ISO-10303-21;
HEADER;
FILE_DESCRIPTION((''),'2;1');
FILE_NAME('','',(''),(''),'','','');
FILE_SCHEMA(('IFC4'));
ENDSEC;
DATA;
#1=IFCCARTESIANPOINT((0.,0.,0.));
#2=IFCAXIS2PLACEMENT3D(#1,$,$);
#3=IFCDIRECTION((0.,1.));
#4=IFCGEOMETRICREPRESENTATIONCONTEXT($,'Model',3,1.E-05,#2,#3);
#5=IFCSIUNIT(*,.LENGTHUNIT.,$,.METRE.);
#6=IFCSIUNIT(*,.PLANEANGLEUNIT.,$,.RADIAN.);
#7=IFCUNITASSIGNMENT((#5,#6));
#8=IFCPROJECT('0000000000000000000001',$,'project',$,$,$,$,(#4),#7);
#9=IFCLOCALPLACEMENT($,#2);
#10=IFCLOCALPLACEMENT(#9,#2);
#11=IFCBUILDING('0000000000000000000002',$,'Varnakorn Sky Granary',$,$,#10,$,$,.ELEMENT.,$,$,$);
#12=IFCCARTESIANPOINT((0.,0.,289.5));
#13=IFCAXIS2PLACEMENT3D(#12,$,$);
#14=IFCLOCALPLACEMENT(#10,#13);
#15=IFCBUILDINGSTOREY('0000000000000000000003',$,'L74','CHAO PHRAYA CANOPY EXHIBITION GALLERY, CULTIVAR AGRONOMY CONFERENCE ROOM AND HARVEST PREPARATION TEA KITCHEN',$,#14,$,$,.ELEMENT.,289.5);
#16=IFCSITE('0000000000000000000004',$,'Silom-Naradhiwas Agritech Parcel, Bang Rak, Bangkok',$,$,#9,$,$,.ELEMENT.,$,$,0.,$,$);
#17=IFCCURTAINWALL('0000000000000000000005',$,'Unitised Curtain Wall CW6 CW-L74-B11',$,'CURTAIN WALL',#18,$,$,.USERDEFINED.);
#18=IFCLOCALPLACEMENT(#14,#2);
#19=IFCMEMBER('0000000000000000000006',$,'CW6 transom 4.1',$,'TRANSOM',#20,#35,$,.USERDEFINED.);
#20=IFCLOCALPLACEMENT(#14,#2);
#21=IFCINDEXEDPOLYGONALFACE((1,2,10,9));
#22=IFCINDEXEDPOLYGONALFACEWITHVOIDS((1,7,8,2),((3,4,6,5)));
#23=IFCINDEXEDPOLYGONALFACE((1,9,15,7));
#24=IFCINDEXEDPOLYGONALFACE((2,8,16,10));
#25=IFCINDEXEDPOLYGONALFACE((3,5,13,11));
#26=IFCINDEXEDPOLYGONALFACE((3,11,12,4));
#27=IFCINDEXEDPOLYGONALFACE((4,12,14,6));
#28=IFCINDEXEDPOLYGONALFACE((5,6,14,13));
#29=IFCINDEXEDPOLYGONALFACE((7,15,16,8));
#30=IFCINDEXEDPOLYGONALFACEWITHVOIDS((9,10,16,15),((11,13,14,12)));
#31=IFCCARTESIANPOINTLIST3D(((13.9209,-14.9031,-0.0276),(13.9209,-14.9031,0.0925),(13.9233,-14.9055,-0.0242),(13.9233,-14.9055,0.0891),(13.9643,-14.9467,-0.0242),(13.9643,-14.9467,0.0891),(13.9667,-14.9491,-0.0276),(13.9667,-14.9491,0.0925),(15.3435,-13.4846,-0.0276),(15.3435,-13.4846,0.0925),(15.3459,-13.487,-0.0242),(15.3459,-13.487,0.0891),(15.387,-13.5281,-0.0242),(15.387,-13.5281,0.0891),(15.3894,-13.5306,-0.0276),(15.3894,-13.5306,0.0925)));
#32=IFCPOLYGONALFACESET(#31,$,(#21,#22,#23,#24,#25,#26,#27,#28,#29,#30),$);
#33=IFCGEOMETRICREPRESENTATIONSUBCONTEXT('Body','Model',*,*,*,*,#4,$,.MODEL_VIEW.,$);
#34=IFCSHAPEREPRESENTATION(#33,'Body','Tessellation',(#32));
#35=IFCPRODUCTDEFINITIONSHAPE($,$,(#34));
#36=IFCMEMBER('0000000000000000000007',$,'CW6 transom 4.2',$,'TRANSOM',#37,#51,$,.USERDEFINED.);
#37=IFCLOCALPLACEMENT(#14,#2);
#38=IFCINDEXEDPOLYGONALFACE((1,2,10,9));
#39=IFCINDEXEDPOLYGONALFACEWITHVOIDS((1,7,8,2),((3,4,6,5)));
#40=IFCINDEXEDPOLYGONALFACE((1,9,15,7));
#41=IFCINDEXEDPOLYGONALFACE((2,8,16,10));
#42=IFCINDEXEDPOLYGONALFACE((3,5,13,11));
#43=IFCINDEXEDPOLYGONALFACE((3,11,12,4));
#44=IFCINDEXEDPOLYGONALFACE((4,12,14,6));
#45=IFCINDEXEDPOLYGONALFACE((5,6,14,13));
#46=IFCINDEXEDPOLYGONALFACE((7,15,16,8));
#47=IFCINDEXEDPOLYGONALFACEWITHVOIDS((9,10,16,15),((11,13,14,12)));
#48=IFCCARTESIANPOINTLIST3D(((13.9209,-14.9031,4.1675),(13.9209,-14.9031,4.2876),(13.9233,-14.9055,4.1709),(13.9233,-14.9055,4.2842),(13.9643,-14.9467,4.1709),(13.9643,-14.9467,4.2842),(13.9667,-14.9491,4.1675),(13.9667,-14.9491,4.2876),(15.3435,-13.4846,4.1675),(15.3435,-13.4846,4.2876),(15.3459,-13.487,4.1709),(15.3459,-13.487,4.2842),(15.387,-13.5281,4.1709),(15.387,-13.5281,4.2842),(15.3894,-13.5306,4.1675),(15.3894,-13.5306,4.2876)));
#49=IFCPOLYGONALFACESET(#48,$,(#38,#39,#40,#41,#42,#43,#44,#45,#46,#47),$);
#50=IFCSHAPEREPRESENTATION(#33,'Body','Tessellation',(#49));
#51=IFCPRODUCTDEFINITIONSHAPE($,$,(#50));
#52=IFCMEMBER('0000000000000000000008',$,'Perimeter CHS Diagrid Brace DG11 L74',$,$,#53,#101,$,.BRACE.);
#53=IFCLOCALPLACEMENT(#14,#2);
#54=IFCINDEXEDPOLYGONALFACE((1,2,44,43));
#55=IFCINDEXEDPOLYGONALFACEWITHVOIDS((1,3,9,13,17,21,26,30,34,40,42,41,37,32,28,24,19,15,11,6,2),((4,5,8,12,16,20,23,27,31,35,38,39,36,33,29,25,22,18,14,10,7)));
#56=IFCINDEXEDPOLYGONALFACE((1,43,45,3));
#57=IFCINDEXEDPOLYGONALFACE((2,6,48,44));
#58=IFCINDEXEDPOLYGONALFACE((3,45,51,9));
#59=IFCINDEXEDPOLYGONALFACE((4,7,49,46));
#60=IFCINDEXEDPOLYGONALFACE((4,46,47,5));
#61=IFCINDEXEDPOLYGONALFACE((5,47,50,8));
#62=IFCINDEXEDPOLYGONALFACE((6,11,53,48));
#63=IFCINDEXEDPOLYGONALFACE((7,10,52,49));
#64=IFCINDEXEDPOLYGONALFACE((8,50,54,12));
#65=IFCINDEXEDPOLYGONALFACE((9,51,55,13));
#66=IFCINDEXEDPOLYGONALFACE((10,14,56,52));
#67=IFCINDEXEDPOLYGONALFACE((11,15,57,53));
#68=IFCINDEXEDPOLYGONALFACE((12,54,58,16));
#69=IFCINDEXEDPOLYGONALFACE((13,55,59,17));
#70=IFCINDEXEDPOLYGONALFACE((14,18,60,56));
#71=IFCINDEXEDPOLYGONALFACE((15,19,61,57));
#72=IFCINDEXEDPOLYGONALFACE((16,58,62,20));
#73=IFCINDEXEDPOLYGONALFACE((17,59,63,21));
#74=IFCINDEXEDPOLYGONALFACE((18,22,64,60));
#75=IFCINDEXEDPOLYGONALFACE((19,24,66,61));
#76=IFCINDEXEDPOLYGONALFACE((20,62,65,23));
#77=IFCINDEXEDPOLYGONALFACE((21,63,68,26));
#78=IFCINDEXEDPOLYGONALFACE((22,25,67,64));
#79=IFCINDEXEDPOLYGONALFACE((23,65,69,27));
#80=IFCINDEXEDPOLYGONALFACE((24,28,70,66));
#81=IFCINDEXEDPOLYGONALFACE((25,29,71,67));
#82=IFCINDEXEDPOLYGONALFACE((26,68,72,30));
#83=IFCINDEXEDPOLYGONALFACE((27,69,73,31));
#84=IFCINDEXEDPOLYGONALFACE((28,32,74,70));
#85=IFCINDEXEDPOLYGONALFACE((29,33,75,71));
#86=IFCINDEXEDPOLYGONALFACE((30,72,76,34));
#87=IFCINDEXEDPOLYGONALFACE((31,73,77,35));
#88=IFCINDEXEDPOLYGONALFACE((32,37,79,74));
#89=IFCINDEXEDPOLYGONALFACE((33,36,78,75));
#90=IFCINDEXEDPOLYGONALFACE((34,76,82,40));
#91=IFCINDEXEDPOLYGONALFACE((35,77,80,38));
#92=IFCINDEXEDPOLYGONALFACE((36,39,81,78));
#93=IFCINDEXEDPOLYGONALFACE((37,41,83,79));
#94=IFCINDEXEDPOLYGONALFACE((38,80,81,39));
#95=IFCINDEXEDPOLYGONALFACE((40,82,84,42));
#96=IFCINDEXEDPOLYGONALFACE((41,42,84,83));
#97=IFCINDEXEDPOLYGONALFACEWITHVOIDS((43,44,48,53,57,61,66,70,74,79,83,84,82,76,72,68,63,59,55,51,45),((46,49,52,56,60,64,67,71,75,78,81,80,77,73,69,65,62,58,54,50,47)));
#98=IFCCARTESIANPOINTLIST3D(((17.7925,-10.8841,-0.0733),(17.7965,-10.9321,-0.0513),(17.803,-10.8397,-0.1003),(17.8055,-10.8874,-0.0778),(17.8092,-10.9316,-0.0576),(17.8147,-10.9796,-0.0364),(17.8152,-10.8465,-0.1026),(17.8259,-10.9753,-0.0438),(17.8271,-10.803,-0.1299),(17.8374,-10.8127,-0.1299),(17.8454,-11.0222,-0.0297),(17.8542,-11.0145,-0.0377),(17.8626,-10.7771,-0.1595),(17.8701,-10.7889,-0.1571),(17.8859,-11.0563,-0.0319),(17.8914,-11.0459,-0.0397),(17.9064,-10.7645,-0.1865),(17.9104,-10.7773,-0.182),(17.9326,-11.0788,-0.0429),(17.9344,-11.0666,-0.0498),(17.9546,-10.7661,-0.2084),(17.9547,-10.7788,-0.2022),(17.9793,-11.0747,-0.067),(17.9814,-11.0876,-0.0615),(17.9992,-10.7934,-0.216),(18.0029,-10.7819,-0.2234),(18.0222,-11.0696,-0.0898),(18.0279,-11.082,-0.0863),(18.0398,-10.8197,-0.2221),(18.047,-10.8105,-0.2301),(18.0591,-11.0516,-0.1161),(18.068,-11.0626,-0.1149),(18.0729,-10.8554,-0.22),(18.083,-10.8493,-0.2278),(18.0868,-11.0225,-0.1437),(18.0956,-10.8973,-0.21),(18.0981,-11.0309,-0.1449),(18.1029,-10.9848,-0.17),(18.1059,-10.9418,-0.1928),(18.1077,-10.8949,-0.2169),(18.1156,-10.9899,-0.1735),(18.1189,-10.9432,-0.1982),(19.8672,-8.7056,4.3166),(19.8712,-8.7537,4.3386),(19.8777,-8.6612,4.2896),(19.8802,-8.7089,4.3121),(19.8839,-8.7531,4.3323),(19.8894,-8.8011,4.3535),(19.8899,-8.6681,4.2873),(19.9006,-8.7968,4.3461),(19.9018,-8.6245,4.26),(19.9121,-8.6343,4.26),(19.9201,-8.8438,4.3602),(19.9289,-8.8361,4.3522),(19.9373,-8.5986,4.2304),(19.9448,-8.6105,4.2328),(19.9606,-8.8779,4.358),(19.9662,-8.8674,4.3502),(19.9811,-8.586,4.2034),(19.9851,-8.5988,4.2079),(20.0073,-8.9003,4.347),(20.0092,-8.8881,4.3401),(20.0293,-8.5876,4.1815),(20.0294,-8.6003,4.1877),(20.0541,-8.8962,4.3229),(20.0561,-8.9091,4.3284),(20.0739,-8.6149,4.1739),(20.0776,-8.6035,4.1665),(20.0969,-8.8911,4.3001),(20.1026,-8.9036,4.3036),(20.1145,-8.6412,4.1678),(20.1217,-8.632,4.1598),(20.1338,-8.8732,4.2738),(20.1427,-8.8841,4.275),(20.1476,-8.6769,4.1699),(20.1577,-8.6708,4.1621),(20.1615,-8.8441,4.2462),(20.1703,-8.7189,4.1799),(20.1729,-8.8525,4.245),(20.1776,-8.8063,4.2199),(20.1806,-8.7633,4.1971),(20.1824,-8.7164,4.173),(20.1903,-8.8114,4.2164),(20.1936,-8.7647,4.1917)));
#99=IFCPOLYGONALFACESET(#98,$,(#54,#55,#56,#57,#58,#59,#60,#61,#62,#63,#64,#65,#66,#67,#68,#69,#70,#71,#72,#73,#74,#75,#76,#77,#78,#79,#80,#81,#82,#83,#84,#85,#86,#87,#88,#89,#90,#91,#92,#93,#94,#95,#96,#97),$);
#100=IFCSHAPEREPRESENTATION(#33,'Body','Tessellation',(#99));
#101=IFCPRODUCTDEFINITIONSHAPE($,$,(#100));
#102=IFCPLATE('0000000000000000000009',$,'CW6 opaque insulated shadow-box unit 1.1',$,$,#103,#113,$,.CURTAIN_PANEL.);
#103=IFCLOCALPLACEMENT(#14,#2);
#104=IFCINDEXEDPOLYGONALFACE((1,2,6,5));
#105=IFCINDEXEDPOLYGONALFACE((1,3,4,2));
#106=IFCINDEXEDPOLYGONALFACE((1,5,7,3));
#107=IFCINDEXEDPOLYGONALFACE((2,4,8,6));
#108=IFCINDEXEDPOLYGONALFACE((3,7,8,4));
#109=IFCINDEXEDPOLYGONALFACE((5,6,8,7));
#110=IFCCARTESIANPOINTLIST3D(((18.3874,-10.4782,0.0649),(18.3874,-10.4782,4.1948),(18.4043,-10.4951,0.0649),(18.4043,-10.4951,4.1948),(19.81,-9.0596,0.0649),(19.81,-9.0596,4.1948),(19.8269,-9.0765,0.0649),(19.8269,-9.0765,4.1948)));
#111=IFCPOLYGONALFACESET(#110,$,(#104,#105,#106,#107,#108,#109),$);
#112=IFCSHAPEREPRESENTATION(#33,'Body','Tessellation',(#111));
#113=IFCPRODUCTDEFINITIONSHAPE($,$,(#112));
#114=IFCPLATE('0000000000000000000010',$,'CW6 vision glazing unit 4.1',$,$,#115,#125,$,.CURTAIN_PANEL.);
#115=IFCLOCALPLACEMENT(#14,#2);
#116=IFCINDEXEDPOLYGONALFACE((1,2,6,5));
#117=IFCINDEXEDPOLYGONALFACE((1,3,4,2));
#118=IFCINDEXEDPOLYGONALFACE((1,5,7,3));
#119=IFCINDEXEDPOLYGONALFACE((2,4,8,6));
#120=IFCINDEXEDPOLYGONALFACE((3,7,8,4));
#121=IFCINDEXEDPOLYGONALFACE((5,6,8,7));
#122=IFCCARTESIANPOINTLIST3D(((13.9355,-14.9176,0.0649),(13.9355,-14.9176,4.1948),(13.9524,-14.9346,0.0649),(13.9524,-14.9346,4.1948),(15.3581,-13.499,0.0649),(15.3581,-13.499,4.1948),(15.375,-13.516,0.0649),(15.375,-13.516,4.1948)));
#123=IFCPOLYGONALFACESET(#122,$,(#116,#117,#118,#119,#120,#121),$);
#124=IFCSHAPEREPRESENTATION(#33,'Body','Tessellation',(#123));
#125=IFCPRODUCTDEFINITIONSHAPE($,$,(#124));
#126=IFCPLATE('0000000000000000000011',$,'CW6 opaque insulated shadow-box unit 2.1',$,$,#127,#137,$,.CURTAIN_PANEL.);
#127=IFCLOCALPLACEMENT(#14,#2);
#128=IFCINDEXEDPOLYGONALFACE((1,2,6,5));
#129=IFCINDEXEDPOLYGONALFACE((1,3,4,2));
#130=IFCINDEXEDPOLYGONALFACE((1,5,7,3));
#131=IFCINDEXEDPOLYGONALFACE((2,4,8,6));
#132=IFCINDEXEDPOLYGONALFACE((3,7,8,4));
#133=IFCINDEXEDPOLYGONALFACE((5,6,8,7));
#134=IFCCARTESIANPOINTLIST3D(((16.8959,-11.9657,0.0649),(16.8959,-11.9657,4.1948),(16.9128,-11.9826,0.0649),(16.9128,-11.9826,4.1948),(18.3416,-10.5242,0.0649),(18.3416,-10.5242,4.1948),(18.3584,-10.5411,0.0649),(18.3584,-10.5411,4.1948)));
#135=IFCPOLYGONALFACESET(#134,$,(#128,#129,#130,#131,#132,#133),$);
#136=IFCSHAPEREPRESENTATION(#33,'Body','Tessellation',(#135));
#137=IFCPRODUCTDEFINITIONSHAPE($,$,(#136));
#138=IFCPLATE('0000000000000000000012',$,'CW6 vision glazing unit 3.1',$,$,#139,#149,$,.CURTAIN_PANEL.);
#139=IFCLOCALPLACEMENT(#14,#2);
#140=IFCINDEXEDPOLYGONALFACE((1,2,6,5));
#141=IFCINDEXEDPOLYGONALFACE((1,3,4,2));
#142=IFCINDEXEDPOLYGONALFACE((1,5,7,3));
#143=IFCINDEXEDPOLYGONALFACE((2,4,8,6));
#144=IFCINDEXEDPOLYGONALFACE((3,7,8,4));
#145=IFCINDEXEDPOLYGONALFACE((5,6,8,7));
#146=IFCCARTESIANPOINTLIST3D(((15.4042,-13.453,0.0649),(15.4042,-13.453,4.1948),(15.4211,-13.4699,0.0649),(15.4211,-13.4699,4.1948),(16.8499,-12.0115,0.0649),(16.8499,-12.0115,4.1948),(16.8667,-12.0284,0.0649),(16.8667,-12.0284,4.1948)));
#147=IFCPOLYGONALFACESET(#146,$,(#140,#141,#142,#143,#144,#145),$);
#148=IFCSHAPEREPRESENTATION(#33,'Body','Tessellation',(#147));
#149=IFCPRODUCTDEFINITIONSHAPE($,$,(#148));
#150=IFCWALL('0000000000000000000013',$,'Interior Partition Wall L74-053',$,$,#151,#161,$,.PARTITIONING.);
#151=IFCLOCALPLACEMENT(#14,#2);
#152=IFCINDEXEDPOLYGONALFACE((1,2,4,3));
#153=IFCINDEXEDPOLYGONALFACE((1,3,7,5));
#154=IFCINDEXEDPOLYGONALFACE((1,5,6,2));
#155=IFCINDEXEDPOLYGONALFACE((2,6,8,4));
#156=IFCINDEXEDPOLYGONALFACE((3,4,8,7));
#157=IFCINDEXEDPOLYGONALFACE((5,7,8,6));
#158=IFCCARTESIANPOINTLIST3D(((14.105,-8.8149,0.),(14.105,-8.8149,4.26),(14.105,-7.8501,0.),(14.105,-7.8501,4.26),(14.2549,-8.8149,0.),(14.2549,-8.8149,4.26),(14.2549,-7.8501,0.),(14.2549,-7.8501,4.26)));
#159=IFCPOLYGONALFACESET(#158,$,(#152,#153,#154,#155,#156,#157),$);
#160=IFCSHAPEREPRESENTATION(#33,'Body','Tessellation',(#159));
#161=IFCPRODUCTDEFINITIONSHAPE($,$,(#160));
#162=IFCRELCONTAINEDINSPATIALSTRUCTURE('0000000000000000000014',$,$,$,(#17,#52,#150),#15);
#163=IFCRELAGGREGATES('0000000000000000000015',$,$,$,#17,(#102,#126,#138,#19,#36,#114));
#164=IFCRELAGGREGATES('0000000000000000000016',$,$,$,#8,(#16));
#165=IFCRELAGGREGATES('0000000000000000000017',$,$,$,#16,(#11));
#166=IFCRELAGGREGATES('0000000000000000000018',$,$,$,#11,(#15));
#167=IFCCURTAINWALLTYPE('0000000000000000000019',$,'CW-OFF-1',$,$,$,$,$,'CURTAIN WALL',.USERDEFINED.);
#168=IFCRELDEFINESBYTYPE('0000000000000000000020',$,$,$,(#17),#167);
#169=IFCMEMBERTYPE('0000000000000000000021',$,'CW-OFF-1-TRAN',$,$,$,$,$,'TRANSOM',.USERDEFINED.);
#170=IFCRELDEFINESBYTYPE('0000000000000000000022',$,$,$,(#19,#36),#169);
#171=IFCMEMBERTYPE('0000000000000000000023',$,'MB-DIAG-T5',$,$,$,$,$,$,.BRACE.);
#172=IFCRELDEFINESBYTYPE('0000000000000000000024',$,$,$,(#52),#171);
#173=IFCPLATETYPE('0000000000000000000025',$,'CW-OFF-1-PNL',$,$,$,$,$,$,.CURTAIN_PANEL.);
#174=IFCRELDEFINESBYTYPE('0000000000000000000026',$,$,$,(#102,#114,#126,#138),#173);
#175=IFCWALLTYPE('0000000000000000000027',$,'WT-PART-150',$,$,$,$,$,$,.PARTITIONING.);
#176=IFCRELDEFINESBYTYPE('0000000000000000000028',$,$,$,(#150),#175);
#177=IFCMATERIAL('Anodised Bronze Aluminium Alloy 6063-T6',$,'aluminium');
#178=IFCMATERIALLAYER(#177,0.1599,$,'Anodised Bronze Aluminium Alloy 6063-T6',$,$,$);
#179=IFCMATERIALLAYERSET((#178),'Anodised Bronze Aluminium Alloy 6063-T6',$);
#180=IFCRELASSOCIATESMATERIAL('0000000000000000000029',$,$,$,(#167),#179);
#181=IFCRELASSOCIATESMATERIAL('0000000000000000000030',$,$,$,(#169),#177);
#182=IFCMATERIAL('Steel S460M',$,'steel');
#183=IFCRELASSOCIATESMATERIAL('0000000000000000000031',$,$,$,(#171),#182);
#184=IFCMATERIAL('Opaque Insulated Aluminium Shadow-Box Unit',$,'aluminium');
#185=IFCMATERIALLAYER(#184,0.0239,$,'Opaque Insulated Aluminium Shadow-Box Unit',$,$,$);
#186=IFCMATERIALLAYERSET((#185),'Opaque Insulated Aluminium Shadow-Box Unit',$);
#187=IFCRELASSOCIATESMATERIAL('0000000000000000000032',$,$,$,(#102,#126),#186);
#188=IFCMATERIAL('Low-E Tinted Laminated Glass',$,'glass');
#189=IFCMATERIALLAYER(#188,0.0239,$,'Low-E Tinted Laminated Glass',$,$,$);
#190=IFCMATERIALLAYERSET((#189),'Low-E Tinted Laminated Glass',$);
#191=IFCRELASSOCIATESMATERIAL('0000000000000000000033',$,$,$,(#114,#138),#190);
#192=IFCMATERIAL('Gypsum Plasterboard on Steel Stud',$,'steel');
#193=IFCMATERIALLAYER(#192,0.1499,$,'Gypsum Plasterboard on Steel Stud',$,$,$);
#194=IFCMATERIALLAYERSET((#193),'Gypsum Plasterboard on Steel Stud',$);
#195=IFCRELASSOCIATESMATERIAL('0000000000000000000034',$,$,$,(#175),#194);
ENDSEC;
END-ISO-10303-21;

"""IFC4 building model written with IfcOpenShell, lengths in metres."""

from ifc_helpers import new_model, si_unit, direction, frame, frame_2d, origin, origin_2d, place, context, subcontext, project, spatial, rectangle, hollow_rectangle, hollow_circle, extrude, source, transform, mapped, material, layer, layer_set, material_profile, profile_set, type_object, type_shapes, element, aggregate, save


model = new_model("IFC4")

# Units and contexts
model_context = context("Model", 3, precision=1e-05, world=origin(), true_north=direction((0.0, 1.0)))
body_context = subcontext(model_context, "Body", "Model", "MODEL_VIEW")
ifc_project = project(units=[si_unit("LENGTHUNIT", "METRE"), si_unit("PLANEANGLEUNIT", "RADIAN")], contexts=[model_context])

# Site, building, storey
site_placement = place(None, origin())
site = spatial("IfcSite", under=ifc_project, at=site_placement, Name="Silom-Naradhiwas Agritech Parcel, Bang Rak, Bangkok", CompositionType="ELEMENT", RefElevation=0.0)
building_placement = place(site_placement, origin())
building = spatial("IfcBuilding", under=site, at=building_placement, Name="Varnakorn Sky Granary", CompositionType="ELEMENT")
storey_placement = place(building_placement, frame((0.0, 0.0, 289.5)))
storey = spatial("IfcBuildingStorey", under=building, at=storey_placement, Name="L74", Description="CHAO PHRAYA CANOPY EXHIBITION GALLERY, CULTIVAR AGRONOMY CONFERENCE ROOM AND HARVEST PREPARATION TEA KITCHEN", CompositionType="ELEMENT", Elevation=289.5)

# Shared definitions
ifc_material_1 = material(Name="Steel S460M", Category="steel")

# Shared definitions
ifc_material_2 = material(Name="Anodised Bronze Aluminium Alloy 6063-T6", Category="aluminium")
ifc_layer_1 = layer(ifc_material_2, 0.1599, Name="Anodised Bronze Aluminium Alloy 6063-T6")
ifc_layer_set_1 = layer_set([ifc_layer_1], Name="Anodised Bronze Aluminium Alloy 6063-T6")
curtain_wall_type = type_object("IfcCurtainWallType", Name="CW-OFF-1", ElementType="CURTAIN WALL", PredefinedType="USERDEFINED", material=ifc_layer_set_1)

# Curtain wall, members
curtain_wall_1_placement = place(storey_placement, origin())
curtain_wall_1 = element("IfcCurtainWall", 1, at=curtain_wall_1_placement, inside=storey, type_object=curtain_wall_type, Name="Unitised Curtain Wall CW6 CW-L74-B11", ObjectType="CURTAIN WALL", PredefinedType="USERDEFINED")
ifc_material_profile_1 = material_profile(ifc_material_2, hollow_rectangle(XDim=0.0649, YDim=0.1201, WallThickness=0.0034, at=origin_2d()), Name="ALU TRAN 65x120")
ifc_profile_set_1 = profile_set([ifc_material_profile_1], Name="Anodised Bronze Aluminium Alloy 6063-T6")
member_type_1 = type_object("IfcMemberType", Name="CW-OFF-1-TRAN", ElementType="TRANSOM", PredefinedType="USERDEFINED", material=ifc_profile_set_1)
member_1_placement = place(storey_placement, frame((15.3665, -13.5076, 0.0325), z_axis=(-0.708139, -0.706073, 0.0), x_axis=(0.706073, -0.708139, 0.0)))
member_1 = element("IfcMember", 2, at=member_1_placement, type_object=member_type_1, Name="CW6 transom 4.1", ObjectType="TRANSOM", PredefinedType="USERDEFINED", context=body_context, shape_type="SweptSolid", body=[
    extrude(hollow_rectangle(XDim=0.0649, YDim=0.1201, WallThickness=0.0034, at=origin_2d()), origin(), (0.0, 0.0, 1.0), 2.009),
])
member_2_placement = place(storey_placement, frame((15.3665, -13.5076, 4.2275), z_axis=(-0.708139, -0.706073, 0.0), x_axis=(0.706073, -0.708139, 0.0)))
member_2 = element("IfcMember", 3, at=member_2_placement, type_object=member_type_1, Name="CW6 transom 4.2", ObjectType="TRANSOM", PredefinedType="USERDEFINED", context=body_context, shape_type="SweptSolid", body=[
    extrude(hollow_rectangle(XDim=0.0649, YDim=0.1201, WallThickness=0.0034, at=origin_2d()), origin(), (0.0, 0.0, 1.0), 2.009),
])

# Member
ifc_material_profile_2 = material_profile(ifc_material_1, hollow_circle(Radius=0.1777, WallThickness=0.0142, at=origin_2d()), Name="CHS 355.6x14")
ifc_profile_set_2 = profile_set([ifc_material_profile_2], Name="Steel S460M")
member_type_2 = type_object("IfcMemberType", Name="MB-DIAG-T5", PredefinedType="BRACE", material=ifc_profile_set_2)
member_3_placement = place(storey_placement, frame((17.9558, -10.9255, -0.1299), z_axis=(0.389852, 0.40935, 0.824893), x_axis=(-0.724142, 0.689651, 0.0)))
element("IfcMember", 4, at=member_3_placement, inside=storey, type_object=member_type_2, Name="Perimeter CHS Diagrid Brace DG11 L74", PredefinedType="BRACE", context=body_context, shape_type="SweptSolid", body=[
    extrude(hollow_circle(Radius=0.1777, WallThickness=0.0142, at=origin_2d()), origin(), (0.0, 0.0, 1.0), 5.3218),
])

# Plates
ifc_material_3 = material(Name="Opaque Insulated Aluminium Shadow-Box Unit", Category="aluminium")
ifc_layer_2 = layer(ifc_material_3, 0.0239, Name="Opaque Insulated Aluminium Shadow-Box Unit")
ifc_layer_set_2 = layer_set([ifc_layer_2], Name="Opaque Insulated Aluminium Shadow-Box Unit")
plate_type = type_object("IfcPlateType", Name="CW-OFF-1-PNL", PredefinedType="CURTAIN_PANEL")
shared_shape_1 = source(origin(), body_context, "Body", "SweptSolid", [
    extrude(rectangle(XDim=2.009, YDim=0.0239, at=origin_2d()), origin(), (0.0, 0.0, 1.0), 4.1299),
])
plate_1_placement = place(storey_placement, frame((19.1072, -9.7773, 0.0649), z_axis=(0.0, 0.0, 1.0), x_axis=(-0.708109, -0.706103, 0.0)))
plate_1 = element("IfcPlate", 5, at=plate_1_placement, type_object=plate_type, material=ifc_layer_set_2, Name="CW6 opaque insulated shadow-box unit 1.1", PredefinedType="CURTAIN_PANEL", context=body_context, shape_type="MappedRepresentation", body=[
    mapped(shared_shape_1, transform((0.0, 0.0, 0.0), x_axis=(1.0, 0.0, 0.0), y_axis=(0.0, 1.0, 0.0), z_axis=(0.0, 0.0, 1.0), scale=1.0)),
])
ifc_material_4 = material(Name="Low-E Tinted Laminated Glass", Category="glass")
ifc_layer_3 = layer(ifc_material_4, 0.0239, Name="Low-E Tinted Laminated Glass")
ifc_layer_set_3 = layer_set([ifc_layer_3], Name="Low-E Tinted Laminated Glass")
plate_2_placement = place(storey_placement, frame((14.6553, -14.2168, 0.0649), z_axis=(0.0, 0.0, 1.0), x_axis=(-0.708109, -0.706103, 0.0)))
plate_2 = element("IfcPlate", 6, at=plate_2_placement, type_object=plate_type, material=ifc_layer_set_3, Name="CW6 vision glazing unit 4.1", PredefinedType="CURTAIN_PANEL", context=body_context, shape_type="MappedRepresentation", body=[
    mapped(shared_shape_1, transform((0.0, 0.0, 0.0), x_axis=(1.0, 0.0, 0.0), y_axis=(0.0, 1.0, 0.0), z_axis=(0.0, 0.0, 1.0), scale=1.0)),
])
shared_shape_2 = source(origin(), body_context, "Body", "SweptSolid", [
    extrude(rectangle(XDim=2.0415, YDim=0.0239, at=origin_2d()), origin(), (0.0, 0.0, 1.0), 4.1299),
])
type_shapes(plate_type, [shared_shape_1, shared_shape_2])
plate_3_placement = place(storey_placement, frame((17.6272, -11.2534, 0.0649), z_axis=(0.0, 0.0, 1.0), x_axis=(-0.708109, -0.706103, 0.0)))
plate_3 = element("IfcPlate", 7, at=plate_3_placement, type_object=plate_type, material=ifc_layer_set_2, Name="CW6 opaque insulated shadow-box unit 2.1", PredefinedType="CURTAIN_PANEL", context=body_context, shape_type="MappedRepresentation", body=[
    mapped(shared_shape_2, transform((0.0, 0.0, 0.0), x_axis=(1.0, 0.0, 0.0), y_axis=(0.0, 1.0, 0.0), z_axis=(0.0, 0.0, 1.0), scale=1.0)),
])
plate_4_placement = place(storey_placement, frame((16.1355, -12.7407, 0.0649), z_axis=(0.0, 0.0, 1.0), x_axis=(-0.708109, -0.706103, 0.0)))
plate_4 = element("IfcPlate", 8, at=plate_4_placement, type_object=plate_type, material=ifc_layer_set_3, Name="CW6 vision glazing unit 3.1", PredefinedType="CURTAIN_PANEL", context=body_context, shape_type="MappedRepresentation", body=[
    mapped(shared_shape_2, transform((0.0, 0.0, 0.0), x_axis=(1.0, 0.0, 0.0), y_axis=(0.0, 1.0, 0.0), z_axis=(0.0, 0.0, 1.0), scale=1.0)),
])
aggregate(curtain_wall_1, [plate_1, plate_3, plate_4, member_1, member_2, plate_2])

# Wall
ifc_material_5 = material(Name="Gypsum Plasterboard on Steel Stud", Category="steel")
ifc_layer_4 = layer(ifc_material_5, 0.1499, Name="Gypsum Plasterboard on Steel Stud")
ifc_layer_set_4 = layer_set([ifc_layer_4], Name="Gypsum Plasterboard on Steel Stud")
wall_type = type_object("IfcWallType", Name="WT-PART-150", PredefinedType="PARTITIONING", material=ifc_layer_set_4)
wall_placement = place(storey_placement, frame((14.1799, -8.8149, 0.0), z_axis=(0.0, 0.0, 1.0), x_axis=(0.0, 1.0, 0.0)))
element("IfcWall", 9, at=wall_placement, inside=storey, type_object=wall_type, Name="Interior Partition Wall L74-053", PredefinedType="PARTITIONING", context=body_context, shape_type="SweptSolid", body=[
    extrude(rectangle(XDim=0.9648, YDim=0.1499, at=frame_2d((0.4824, 0.0))), origin(), (0.0, 0.0, 1.0), 4.26),
])

save(model, "model.ifc")
